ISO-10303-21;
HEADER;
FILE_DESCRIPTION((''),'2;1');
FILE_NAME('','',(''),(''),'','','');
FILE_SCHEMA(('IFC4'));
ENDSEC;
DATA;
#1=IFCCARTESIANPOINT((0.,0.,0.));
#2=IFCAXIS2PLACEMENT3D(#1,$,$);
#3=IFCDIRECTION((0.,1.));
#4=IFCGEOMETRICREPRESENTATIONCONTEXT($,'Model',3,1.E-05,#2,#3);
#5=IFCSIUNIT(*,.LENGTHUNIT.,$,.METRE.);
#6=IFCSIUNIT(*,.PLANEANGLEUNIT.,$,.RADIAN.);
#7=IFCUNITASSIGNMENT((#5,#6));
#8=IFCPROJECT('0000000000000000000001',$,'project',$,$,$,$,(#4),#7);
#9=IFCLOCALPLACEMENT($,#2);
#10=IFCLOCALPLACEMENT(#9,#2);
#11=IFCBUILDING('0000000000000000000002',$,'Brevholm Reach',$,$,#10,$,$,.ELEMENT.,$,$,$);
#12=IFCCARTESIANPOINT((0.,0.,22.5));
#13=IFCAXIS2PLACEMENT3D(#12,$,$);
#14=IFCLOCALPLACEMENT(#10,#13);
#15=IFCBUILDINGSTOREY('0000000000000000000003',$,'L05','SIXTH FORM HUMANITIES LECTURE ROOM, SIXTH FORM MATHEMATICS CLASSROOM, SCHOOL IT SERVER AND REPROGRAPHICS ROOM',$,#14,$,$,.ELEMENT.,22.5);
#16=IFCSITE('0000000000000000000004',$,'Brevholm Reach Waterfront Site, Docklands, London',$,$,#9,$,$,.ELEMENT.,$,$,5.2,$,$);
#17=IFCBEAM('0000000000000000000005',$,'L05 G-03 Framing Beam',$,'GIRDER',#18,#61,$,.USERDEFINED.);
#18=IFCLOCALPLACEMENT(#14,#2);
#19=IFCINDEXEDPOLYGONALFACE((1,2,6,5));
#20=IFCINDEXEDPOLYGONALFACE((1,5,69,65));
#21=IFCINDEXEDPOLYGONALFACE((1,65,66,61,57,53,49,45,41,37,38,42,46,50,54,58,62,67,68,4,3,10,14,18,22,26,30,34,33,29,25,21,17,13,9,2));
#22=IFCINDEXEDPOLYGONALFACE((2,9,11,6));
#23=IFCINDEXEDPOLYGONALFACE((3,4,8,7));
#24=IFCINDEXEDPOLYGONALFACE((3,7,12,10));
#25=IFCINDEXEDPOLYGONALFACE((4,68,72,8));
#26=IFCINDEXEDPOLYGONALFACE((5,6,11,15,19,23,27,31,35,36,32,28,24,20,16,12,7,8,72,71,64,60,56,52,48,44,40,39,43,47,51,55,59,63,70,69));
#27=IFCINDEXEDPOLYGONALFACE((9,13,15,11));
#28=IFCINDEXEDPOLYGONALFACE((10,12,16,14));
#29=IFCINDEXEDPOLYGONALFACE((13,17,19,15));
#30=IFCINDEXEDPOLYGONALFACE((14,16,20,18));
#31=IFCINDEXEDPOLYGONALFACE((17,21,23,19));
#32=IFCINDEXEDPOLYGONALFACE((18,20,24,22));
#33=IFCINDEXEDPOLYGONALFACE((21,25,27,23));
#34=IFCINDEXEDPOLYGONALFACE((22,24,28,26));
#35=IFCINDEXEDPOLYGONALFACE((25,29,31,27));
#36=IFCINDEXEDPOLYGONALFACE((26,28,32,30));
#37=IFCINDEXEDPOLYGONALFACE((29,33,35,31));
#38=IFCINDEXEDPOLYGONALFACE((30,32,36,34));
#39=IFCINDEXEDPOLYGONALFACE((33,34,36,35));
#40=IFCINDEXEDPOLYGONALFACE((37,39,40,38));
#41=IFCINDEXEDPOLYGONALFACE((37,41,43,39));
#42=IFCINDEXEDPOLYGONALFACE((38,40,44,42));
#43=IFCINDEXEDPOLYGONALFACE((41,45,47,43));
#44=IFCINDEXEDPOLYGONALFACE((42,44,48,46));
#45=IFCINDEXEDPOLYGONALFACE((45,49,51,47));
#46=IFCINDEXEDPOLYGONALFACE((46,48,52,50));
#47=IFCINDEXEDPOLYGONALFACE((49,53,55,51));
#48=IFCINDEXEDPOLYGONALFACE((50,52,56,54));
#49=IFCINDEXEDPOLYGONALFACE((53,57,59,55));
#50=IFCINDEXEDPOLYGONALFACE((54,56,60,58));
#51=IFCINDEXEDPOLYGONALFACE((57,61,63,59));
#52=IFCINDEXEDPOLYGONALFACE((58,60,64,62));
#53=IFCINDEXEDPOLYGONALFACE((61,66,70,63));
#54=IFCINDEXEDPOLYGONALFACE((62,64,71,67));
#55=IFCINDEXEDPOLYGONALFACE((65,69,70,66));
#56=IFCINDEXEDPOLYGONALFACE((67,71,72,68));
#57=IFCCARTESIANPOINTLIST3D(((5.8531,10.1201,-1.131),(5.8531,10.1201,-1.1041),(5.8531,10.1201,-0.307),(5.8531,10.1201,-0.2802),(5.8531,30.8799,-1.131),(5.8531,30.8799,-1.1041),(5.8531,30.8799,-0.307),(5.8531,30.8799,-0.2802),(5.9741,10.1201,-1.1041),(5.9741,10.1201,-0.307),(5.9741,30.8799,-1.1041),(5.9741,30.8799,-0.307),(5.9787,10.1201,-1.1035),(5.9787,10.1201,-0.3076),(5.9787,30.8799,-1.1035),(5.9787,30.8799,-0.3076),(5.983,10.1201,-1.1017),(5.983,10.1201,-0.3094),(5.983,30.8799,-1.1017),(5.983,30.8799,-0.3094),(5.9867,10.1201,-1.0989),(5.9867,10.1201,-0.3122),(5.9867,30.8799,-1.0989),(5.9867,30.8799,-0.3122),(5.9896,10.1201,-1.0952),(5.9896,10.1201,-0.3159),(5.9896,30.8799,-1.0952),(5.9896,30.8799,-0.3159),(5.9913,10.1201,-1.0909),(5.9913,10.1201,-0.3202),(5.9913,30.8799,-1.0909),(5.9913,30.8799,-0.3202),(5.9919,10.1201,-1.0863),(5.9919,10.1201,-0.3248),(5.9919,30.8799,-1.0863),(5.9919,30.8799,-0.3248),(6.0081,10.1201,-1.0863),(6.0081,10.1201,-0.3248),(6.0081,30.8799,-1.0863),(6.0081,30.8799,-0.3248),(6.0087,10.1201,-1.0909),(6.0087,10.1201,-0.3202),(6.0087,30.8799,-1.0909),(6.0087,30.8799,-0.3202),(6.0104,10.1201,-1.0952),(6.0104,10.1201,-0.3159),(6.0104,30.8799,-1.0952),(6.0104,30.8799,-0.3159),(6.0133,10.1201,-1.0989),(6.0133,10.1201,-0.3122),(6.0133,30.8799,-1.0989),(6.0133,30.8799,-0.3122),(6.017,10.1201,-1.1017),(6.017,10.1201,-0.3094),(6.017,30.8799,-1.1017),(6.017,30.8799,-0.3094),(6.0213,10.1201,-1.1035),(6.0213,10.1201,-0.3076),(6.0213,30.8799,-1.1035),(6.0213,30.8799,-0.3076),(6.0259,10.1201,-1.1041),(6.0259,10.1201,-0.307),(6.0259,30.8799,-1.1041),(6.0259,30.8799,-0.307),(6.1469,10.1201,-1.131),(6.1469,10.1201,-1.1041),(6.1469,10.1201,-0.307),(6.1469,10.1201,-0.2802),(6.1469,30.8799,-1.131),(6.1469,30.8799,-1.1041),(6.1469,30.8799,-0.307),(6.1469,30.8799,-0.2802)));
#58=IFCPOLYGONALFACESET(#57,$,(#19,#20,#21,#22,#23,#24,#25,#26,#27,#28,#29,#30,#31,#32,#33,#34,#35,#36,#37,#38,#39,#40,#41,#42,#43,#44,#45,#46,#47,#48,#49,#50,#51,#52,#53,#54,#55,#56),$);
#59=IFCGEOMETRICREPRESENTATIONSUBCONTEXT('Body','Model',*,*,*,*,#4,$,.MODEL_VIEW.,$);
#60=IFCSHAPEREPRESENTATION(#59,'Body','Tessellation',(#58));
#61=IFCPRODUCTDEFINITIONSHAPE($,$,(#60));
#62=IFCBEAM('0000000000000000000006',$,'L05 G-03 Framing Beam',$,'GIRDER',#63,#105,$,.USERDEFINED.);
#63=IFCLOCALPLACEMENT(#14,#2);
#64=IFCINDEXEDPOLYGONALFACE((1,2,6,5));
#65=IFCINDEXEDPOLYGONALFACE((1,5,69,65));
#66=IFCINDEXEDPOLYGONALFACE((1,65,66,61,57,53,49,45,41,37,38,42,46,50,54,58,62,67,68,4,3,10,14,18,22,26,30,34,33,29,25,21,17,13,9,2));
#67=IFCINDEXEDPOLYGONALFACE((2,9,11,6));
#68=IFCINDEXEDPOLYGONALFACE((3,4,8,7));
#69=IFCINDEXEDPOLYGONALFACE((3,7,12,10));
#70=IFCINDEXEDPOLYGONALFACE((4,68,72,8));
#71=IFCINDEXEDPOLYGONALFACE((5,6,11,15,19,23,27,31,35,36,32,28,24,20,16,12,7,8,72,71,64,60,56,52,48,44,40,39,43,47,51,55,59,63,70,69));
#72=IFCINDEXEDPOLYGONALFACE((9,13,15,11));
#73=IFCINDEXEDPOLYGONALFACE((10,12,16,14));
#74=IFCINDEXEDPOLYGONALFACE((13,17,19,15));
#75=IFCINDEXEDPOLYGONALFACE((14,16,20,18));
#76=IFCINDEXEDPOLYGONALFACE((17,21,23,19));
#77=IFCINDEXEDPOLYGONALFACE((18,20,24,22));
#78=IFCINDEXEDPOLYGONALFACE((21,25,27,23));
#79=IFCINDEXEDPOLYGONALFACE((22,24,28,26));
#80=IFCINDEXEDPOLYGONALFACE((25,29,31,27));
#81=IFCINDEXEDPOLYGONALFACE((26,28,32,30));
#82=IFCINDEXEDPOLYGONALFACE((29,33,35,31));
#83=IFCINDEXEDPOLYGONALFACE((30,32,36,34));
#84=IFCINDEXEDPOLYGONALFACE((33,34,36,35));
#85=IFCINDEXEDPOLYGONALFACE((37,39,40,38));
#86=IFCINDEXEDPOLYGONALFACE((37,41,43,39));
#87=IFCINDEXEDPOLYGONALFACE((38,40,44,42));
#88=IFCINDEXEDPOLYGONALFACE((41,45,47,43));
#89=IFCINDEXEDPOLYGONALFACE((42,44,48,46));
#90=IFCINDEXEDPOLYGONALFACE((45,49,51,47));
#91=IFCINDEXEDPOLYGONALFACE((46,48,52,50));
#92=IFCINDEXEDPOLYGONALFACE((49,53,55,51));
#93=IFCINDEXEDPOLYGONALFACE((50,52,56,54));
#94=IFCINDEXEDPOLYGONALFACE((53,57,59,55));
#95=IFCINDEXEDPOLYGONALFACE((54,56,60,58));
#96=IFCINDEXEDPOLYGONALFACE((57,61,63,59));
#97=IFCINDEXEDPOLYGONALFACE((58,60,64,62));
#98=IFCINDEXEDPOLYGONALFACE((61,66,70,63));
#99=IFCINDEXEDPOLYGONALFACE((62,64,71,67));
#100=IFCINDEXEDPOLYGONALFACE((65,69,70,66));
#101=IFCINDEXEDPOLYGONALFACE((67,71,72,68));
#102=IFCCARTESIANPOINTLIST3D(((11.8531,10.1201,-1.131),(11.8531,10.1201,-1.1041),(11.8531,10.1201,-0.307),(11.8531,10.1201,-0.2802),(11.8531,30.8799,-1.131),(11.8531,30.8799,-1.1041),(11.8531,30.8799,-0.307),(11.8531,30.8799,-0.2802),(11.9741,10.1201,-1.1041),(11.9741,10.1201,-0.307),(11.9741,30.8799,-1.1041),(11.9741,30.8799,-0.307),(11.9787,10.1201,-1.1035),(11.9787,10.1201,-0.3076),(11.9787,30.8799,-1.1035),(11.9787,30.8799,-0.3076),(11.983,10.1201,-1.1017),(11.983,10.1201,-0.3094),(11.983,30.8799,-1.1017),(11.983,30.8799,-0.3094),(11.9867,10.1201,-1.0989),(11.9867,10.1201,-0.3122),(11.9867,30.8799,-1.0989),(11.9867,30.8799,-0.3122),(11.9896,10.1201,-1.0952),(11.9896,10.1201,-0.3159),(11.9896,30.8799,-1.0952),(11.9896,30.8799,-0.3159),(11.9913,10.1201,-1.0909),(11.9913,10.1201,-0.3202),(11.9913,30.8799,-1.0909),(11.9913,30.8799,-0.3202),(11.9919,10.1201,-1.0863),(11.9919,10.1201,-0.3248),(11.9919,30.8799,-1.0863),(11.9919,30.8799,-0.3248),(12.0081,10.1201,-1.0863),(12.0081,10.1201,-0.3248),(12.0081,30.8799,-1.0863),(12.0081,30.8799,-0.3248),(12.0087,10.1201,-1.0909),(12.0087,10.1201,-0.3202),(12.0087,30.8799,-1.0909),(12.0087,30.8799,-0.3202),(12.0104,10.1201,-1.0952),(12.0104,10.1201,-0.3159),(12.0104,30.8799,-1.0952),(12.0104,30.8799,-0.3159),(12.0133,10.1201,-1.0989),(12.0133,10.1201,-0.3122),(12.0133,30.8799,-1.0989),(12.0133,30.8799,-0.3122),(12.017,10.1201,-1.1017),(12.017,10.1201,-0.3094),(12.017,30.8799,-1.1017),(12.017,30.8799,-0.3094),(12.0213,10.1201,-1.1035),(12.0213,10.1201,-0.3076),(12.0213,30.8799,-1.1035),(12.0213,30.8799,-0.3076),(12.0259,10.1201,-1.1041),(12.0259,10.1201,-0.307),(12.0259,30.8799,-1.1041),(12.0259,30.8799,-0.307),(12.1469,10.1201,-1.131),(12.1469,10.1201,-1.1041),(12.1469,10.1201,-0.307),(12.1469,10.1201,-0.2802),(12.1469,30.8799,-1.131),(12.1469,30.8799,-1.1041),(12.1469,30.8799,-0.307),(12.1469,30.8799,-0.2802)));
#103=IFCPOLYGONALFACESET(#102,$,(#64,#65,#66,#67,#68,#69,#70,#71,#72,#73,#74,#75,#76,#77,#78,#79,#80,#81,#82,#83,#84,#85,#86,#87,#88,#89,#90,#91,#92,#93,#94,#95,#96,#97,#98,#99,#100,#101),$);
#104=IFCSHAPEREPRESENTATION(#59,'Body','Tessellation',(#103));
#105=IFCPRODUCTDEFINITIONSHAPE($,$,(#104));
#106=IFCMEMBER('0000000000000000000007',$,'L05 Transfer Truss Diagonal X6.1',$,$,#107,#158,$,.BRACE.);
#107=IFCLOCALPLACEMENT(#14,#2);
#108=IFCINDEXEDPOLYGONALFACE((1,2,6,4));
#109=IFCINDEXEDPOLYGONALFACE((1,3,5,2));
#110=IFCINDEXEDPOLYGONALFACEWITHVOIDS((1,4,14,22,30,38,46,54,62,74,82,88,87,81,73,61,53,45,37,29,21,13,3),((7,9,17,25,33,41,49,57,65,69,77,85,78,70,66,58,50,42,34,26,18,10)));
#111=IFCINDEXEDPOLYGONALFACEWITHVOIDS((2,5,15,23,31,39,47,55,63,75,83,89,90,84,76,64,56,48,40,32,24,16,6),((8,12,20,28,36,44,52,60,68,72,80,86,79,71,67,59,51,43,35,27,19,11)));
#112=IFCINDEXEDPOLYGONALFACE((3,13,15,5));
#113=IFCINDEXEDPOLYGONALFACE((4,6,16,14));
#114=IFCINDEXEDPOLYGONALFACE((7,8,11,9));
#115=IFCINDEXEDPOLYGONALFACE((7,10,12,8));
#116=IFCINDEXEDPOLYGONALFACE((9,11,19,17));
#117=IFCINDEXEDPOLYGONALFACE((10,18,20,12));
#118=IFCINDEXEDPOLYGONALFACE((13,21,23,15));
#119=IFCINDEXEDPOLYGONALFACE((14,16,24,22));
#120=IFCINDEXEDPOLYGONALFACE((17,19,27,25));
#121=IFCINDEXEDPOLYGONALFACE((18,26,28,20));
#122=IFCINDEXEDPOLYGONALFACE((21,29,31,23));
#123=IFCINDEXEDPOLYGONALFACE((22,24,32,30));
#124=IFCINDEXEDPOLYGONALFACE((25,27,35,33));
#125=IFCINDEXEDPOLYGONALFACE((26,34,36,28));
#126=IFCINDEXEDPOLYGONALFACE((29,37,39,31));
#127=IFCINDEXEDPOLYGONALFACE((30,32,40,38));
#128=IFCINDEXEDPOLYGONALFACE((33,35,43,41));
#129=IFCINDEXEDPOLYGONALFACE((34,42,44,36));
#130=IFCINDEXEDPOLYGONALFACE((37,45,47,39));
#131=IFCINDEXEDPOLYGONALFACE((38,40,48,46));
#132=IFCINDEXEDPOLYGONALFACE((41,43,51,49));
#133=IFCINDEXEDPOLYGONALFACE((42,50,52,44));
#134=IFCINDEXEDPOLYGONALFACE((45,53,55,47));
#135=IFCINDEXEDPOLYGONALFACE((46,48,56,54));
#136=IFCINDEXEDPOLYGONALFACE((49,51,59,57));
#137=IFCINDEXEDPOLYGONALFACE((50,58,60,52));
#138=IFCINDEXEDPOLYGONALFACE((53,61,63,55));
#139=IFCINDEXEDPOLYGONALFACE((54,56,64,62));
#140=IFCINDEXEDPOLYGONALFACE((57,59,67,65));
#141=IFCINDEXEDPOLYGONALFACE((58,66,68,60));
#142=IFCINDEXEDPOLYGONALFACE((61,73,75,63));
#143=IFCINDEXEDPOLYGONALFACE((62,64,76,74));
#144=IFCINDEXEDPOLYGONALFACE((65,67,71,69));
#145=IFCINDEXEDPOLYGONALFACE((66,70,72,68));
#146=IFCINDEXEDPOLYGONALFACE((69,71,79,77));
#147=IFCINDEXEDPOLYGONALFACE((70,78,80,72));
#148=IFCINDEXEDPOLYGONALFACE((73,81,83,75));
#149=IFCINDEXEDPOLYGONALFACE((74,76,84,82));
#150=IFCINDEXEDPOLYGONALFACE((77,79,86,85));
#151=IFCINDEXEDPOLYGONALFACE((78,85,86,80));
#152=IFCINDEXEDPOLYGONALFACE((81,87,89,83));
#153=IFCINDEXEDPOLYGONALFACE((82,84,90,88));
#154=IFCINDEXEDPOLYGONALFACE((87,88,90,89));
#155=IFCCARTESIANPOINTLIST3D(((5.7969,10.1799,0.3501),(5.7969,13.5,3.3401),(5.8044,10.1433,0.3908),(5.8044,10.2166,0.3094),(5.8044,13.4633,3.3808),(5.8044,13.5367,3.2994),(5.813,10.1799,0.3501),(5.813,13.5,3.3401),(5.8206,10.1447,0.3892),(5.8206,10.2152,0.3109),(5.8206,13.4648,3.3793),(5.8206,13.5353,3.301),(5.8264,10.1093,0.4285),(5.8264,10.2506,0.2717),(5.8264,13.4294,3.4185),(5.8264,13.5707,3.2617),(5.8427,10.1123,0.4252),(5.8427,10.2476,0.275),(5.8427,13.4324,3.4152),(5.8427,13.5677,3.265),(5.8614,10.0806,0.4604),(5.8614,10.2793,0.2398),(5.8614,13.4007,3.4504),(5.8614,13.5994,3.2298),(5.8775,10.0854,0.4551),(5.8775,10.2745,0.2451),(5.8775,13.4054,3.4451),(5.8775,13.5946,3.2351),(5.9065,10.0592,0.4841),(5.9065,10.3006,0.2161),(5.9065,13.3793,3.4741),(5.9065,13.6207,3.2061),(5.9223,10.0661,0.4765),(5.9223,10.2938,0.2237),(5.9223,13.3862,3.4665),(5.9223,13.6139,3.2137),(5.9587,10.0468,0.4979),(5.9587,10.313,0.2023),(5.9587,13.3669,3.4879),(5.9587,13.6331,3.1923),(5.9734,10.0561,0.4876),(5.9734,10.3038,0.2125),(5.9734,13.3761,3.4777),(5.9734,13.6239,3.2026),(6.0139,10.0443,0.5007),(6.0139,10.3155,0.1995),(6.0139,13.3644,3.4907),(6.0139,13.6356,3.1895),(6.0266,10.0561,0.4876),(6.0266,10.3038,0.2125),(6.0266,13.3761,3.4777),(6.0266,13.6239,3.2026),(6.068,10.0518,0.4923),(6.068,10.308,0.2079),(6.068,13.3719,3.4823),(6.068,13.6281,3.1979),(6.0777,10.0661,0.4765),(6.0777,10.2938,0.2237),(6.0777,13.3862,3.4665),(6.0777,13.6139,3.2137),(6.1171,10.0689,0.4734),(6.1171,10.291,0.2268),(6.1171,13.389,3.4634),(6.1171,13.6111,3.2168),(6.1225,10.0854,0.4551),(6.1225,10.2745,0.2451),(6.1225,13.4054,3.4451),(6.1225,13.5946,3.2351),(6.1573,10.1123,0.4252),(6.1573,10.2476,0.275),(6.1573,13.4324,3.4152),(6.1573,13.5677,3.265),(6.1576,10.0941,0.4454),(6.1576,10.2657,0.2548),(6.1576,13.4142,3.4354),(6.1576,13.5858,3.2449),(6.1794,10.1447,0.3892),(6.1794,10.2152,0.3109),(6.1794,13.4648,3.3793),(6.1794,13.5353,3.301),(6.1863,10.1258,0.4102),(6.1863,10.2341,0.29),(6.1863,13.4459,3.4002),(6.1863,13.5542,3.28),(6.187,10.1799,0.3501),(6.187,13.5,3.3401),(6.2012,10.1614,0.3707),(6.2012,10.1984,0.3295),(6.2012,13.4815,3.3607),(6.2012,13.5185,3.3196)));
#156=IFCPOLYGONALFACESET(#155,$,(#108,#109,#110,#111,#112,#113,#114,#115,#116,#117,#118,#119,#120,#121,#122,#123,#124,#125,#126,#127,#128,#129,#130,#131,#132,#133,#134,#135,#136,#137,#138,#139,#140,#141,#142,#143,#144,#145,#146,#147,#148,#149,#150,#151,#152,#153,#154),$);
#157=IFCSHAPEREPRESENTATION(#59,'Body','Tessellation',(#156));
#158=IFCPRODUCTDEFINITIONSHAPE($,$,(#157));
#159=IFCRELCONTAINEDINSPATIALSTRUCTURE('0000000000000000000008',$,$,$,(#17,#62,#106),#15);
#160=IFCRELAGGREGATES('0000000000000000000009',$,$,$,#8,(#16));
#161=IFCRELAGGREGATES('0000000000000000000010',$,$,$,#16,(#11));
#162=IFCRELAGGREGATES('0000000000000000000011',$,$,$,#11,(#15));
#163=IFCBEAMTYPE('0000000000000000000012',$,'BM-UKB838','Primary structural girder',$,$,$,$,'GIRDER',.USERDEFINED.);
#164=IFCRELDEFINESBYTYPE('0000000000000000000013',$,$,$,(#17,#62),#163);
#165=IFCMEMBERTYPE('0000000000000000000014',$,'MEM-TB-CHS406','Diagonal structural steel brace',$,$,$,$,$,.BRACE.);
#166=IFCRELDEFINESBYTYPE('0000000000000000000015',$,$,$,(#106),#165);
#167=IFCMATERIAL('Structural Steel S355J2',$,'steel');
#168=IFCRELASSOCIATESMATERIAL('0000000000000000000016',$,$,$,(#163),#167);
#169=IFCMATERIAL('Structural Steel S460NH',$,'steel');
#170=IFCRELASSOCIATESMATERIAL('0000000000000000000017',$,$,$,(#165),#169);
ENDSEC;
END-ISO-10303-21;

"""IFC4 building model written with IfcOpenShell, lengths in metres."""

from ifc_helpers import new_model, si_unit, direction, frame, origin, origin_2d, place, context, subcontext, project, spatial, hollow_circle, i_section, extrude, material, material_profile, profile_set, type_object, element, save


model = new_model("IFC4")

# Units and contexts
model_context = context("Model", 3, precision=1e-05, world=origin(), true_north=direction((0.0, 1.0)))
body_context = subcontext(model_context, "Body", "Model", "MODEL_VIEW")
ifc_project = project(units=[si_unit("LENGTHUNIT", "METRE"), si_unit("PLANEANGLEUNIT", "RADIAN")], contexts=[model_context])

# Site, building, storey
site_placement = place(None, origin())
site = spatial("IfcSite", under=ifc_project, at=site_placement, Name="Brevholm Reach Waterfront Site, Docklands, London", CompositionType="ELEMENT", RefElevation=5.2)
building_placement = place(site_placement, origin())
building = spatial("IfcBuilding", under=site, at=building_placement, Name="Brevholm Reach", CompositionType="ELEMENT")
storey_placement = place(building_placement, frame((0.0, 0.0, 22.5)))
storey = spatial("IfcBuildingStorey", under=building, at=storey_placement, Name="L05", Description="SIXTH FORM HUMANITIES LECTURE ROOM, SIXTH FORM MATHEMATICS CLASSROOM, SCHOOL IT SERVER AND REPROGRAPHICS ROOM", CompositionType="ELEMENT", Elevation=22.5)

# Beams
ifc_material_1 = material(Name="Structural Steel S355J2", Category="steel")
ifc_material_profile_1 = material_profile(ifc_material_1, i_section(OverallWidth=0.2937, OverallDepth=0.8508, WebThickness=0.0161, FlangeThickness=0.0269, FilletRadius=0.0178, at=origin_2d()), Name="UKB 838x292x226")
ifc_profile_set_1 = profile_set([ifc_material_profile_1], Name="Structural Steel S355J2")
beam_type_1 = type_object("IfcBeamType", Name="BM-UKB838", Description="Primary structural girder", ElementType="GIRDER", PredefinedType="USERDEFINED", material=ifc_profile_set_1)
for number, where, z_axis, x_axis, name in (
    (1, (6.0, 10.1201, -0.7056), (0.0, 1.0, 0.0), (-1.0, 0.0, 0.0), "L05 G-03 Framing Beam"),
    (2, (12.0, 10.1201, -0.7056), (0.0, 1.0, 0.0), (-1.0, 0.0, 0.0), "L05 G-03 Framing Beam"),
):
    element("IfcBeam", number, at=place(storey_placement, frame(where, z_axis=z_axis, x_axis=x_axis)), inside=storey, type_object=beam_type_1, Name=name, ObjectType="GIRDER", PredefinedType="USERDEFINED", context=body_context, shape_type="SweptSolid", body=[
        extrude(i_section(OverallWidth=0.2937, OverallDepth=0.8508, WebThickness=0.0161, FlangeThickness=0.0269, FilletRadius=0.0178, at=origin_2d()), origin(), (0.0, 0.0, 1.0), 20.7598),
    ])

# Member
ifc_material_2 = material(Name="Structural Steel S460NH", Category="steel")
ifc_material_profile_2 = material_profile(ifc_material_2, hollow_circle(Radius=0.2031, WallThickness=0.0161, at=origin_2d()), Name="CHS 406.4x16")
ifc_profile_set_2 = profile_set([ifc_material_profile_2], Name="Structural Steel S460NH")
member_type_1 = type_object("IfcMemberType", Name="MEM-TB-CHS406", Description="Diagonal structural steel brace", PredefinedType="BRACE", material=ifc_profile_set_2)
member_1_placement = place(storey_placement, frame((6.0, 10.1799, 0.3501), z_axis=(0.0, 0.743079, 0.669203), x_axis=(-1.0, 0.0, 0.0)))
element("IfcMember", 3, at=member_1_placement, inside=storey, type_object=member_type_1, Name="L05 Transfer Truss Diagonal X6.1", PredefinedType="BRACE", context=body_context, shape_type="SweptSolid", body=[
    extrude(hollow_circle(Radius=0.2031, WallThickness=0.0161, at=origin_2d()), origin(), (0.0, 0.0, 1.0), 4.468),
])

save(model, "model.ifc")
